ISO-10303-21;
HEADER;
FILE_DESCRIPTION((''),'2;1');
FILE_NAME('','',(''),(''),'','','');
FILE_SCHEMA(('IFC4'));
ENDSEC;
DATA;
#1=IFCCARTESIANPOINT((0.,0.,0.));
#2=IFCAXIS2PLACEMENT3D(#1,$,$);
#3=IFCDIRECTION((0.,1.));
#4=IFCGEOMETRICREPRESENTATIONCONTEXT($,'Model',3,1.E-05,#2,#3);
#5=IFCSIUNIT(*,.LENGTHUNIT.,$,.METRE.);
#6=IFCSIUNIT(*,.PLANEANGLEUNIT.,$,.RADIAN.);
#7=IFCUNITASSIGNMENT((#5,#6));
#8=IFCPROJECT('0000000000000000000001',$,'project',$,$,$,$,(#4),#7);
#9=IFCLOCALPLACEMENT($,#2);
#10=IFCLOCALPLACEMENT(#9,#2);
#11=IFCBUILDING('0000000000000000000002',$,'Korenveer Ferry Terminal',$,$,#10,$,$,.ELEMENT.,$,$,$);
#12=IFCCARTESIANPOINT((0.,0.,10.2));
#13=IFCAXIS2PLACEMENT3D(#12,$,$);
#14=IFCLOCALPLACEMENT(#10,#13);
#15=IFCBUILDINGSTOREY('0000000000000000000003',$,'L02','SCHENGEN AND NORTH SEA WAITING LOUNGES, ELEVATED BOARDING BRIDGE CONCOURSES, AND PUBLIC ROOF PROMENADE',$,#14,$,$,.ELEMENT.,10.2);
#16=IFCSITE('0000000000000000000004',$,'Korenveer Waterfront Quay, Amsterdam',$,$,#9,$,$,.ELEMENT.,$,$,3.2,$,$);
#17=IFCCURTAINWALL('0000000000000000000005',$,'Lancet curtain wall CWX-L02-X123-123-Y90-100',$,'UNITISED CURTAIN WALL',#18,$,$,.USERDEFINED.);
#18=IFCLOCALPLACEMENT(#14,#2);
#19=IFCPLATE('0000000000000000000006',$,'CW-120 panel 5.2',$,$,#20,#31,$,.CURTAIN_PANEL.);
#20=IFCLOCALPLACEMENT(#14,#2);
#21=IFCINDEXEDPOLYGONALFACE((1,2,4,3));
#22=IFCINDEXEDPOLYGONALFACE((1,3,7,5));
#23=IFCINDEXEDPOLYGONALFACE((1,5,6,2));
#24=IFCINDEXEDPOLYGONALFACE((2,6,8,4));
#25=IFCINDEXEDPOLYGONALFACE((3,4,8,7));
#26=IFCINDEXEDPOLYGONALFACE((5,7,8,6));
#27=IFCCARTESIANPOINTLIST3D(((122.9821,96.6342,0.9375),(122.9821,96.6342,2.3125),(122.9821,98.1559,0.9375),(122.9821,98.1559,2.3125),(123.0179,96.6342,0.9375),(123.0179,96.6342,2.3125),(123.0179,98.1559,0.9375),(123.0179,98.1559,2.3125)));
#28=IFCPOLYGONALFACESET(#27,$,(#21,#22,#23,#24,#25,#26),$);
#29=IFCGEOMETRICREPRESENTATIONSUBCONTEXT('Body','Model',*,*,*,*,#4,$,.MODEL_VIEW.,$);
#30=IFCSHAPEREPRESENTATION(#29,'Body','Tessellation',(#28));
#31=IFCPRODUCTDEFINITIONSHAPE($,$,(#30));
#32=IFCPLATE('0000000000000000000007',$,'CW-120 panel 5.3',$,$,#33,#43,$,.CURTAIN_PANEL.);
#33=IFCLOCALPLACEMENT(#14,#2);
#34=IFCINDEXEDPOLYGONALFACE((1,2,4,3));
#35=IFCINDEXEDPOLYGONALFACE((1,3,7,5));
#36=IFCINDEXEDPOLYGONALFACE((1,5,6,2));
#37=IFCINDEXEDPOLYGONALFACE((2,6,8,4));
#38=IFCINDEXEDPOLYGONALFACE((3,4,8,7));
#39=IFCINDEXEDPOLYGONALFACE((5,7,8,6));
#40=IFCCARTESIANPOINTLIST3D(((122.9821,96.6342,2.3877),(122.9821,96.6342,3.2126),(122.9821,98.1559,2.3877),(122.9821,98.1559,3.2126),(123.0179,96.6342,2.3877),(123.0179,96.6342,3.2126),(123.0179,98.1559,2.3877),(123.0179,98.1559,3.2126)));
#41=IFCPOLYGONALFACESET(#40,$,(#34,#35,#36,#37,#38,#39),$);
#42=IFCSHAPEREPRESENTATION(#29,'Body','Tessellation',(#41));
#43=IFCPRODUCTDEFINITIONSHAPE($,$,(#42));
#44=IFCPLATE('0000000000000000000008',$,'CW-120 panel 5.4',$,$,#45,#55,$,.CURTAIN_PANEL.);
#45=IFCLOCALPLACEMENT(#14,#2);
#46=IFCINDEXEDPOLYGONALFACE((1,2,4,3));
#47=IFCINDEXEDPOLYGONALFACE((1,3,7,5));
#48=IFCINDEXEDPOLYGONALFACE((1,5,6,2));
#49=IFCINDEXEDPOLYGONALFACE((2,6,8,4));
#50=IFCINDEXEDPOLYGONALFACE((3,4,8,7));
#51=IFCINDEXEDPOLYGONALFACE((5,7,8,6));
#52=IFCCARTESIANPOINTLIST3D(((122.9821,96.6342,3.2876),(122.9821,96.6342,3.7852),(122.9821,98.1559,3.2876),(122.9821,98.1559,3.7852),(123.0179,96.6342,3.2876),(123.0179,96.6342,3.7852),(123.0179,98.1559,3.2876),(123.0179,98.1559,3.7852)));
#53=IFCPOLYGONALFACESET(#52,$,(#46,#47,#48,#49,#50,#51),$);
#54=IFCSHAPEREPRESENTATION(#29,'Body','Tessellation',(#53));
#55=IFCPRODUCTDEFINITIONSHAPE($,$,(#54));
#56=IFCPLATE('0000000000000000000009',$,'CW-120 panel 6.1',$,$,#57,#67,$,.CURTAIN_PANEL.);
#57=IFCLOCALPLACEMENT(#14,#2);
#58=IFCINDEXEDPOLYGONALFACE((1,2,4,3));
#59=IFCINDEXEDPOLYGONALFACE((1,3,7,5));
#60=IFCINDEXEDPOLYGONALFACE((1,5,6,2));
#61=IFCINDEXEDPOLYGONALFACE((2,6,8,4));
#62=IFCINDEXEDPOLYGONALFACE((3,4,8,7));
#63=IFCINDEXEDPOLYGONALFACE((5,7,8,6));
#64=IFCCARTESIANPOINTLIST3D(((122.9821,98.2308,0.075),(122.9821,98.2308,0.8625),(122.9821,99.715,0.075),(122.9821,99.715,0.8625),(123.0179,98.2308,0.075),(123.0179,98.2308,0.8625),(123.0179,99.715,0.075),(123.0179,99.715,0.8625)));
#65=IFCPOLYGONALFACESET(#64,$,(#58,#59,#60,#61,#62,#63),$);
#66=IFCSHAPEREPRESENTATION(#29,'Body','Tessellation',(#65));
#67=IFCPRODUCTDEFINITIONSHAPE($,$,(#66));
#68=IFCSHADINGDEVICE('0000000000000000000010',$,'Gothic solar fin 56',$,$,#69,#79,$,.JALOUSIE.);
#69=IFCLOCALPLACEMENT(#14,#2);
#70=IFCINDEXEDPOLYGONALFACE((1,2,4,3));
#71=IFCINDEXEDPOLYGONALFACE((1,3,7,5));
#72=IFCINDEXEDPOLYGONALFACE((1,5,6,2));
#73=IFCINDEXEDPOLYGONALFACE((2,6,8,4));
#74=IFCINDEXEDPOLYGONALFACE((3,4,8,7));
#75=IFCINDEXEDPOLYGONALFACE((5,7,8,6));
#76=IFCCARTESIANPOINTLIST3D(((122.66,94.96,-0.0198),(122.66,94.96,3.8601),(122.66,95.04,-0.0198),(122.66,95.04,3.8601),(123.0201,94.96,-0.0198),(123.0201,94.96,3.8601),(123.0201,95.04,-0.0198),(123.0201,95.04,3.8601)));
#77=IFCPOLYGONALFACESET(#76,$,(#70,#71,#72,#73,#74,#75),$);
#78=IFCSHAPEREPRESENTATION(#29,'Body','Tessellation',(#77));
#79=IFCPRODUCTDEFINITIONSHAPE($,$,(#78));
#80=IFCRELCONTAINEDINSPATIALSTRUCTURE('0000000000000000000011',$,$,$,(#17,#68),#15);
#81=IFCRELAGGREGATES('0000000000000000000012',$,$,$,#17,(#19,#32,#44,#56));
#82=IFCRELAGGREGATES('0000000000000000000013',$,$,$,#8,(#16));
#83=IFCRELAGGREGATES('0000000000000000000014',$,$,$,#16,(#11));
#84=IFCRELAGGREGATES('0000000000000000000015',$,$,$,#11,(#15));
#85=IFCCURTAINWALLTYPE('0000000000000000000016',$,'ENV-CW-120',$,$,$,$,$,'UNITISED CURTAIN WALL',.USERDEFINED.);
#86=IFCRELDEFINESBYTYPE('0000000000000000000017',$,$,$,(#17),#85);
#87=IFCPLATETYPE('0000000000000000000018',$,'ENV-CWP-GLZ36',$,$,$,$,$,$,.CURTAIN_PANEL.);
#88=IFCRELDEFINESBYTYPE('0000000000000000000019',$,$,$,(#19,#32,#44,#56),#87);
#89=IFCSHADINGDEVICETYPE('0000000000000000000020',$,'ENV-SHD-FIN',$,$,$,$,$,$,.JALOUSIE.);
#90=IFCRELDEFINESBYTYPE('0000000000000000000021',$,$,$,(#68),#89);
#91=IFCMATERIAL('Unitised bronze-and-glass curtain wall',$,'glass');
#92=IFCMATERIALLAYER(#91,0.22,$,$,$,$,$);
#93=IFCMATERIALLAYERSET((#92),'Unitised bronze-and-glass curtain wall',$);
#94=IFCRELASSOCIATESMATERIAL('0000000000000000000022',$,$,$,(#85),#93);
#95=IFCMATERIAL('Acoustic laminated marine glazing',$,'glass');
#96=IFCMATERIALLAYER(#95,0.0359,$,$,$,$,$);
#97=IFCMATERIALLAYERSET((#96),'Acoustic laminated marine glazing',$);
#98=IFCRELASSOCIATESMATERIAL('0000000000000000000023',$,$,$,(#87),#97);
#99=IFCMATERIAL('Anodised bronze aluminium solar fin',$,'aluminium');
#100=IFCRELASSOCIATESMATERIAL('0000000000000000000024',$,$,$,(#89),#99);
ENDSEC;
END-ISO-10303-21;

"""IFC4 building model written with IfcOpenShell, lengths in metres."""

from ifc_helpers import new_model, si_unit, direction, frame, origin, origin_2d, place, context, subcontext, project, spatial, rectangle, extrude, material, layer, layer_set, type_object, element, aggregate, save


model = new_model("IFC4")

# Units and contexts
model_context = context("Model", 3, precision=1e-05, world=origin(), true_north=direction((0.0, 1.0)))
body_context = subcontext(model_context, "Body", "Model", "MODEL_VIEW")
ifc_project = project(units=[si_unit("LENGTHUNIT", "METRE"), si_unit("PLANEANGLEUNIT", "RADIAN")], contexts=[model_context])

# Site, building, storey
site_placement = place(None, origin())
site = spatial("IfcSite", under=ifc_project, at=site_placement, Name="Korenveer Waterfront Quay, Amsterdam", CompositionType="ELEMENT", RefElevation=3.2)
building_placement = place(site_placement, origin())
building = spatial("IfcBuilding", under=site, at=building_placement, Name="Korenveer Ferry Terminal", CompositionType="ELEMENT")
storey_placement = place(building_placement, frame((0.0, 0.0, 10.2)))
storey = spatial("IfcBuildingStorey", under=building, at=storey_placement, Name="L02", Description="SCHENGEN AND NORTH SEA WAITING LOUNGES, ELEVATED BOARDING BRIDGE CONCOURSES, AND PUBLIC ROOF PROMENADE", CompositionType="ELEMENT", Elevation=10.2)

# Curtain wall, plates
ifc_material_1 = material(Name="Unitised bronze-and-glass curtain wall", Category="glass")
ifc_layer_1 = layer(ifc_material_1, 0.22)
ifc_layer_set_1 = layer_set([ifc_layer_1], Name="Unitised bronze-and-glass curtain wall")
curtain_wall_type = type_object("IfcCurtainWallType", Name="ENV-CW-120", ElementType="UNITISED CURTAIN WALL", PredefinedType="USERDEFINED", material=ifc_layer_set_1)
curtain_wall_placement = place(storey_placement, frame((123.0, 90.21, 0.0)))
curtain_wall = element("IfcCurtainWall", 1, at=curtain_wall_placement, inside=storey, type_object=curtain_wall_type, Name="Lancet curtain wall CWX-L02-X123-123-Y90-100", ObjectType="UNITISED CURTAIN WALL", PredefinedType="USERDEFINED")
ifc_material_2 = material(Name="Acoustic laminated marine glazing", Category="glass")
ifc_layer_2 = layer(ifc_material_2, 0.0359)
ifc_layer_set_2 = layer_set([ifc_layer_2], Name="Acoustic laminated marine glazing")
plate_type = type_object("IfcPlateType", Name="ENV-CWP-GLZ36", PredefinedType="CURTAIN_PANEL", material=ifc_layer_set_2)
plate_1_placement = place(storey_placement, frame((123.0, 97.395, 0.9375), z_axis=(0.0, 0.0, 1.0), x_axis=(0.0, 1.0, 0.0)))
plate_1 = element("IfcPlate", 2, at=plate_1_placement, type_object=plate_type, Name="CW-120 panel 5.2", PredefinedType="CURTAIN_PANEL", context=body_context, shape_type="SweptSolid", body=[
    extrude(rectangle(XDim=1.5217, YDim=0.0359, at=origin_2d()), origin(), (0.0, 0.0, 1.0), 1.375),
])
plate_2_placement = place(storey_placement, frame((123.0, 97.395, 2.3877), z_axis=(0.0, 0.0, 1.0), x_axis=(0.0, 1.0, 0.0)))
plate_2 = element("IfcPlate", 3, at=plate_2_placement, type_object=plate_type, Name="CW-120 panel 5.3", PredefinedType="CURTAIN_PANEL", context=body_context, shape_type="SweptSolid", body=[
    extrude(rectangle(XDim=1.5217, YDim=0.0359, at=origin_2d()), origin(), (0.0, 0.0, 1.0), 0.825),
])
plate_3_placement = place(storey_placement, frame((123.0, 97.395, 3.2876), z_axis=(0.0, 0.0, 1.0), x_axis=(0.0, 1.0, 0.0)))
plate_3 = element("IfcPlate", 4, at=plate_3_placement, type_object=plate_type, Name="CW-120 panel 5.4", PredefinedType="CURTAIN_PANEL", context=body_context, shape_type="SweptSolid", body=[
    extrude(rectangle(XDim=1.5217, YDim=0.0359, at=origin_2d()), origin(), (0.0, 0.0, 1.0), 0.4976),
])
plate_4_placement = place(storey_placement, frame((123.0, 98.9729, 0.075), z_axis=(0.0, 0.0, 1.0), x_axis=(0.0, 1.0, 0.0)))
plate_4 = element("IfcPlate", 5, at=plate_4_placement, type_object=plate_type, Name="CW-120 panel 6.1", PredefinedType="CURTAIN_PANEL", context=body_context, shape_type="SweptSolid", body=[
    extrude(rectangle(XDim=1.4841, YDim=0.0359, at=origin_2d()), origin(), (0.0, 0.0, 1.0), 0.7876),
])
aggregate(curtain_wall, [plate_1, plate_2, plate_3, plate_4])

# Shading device
ifc_material_3 = material(Name="Anodised bronze aluminium solar fin", Category="aluminium")
shading_device_type = type_object("IfcShadingDeviceType", Name="ENV-SHD-FIN", PredefinedType="JALOUSIE", material=ifc_material_3)
shading_device_placement = place(storey_placement, frame((122.8401, 95.0, -0.0198), z_axis=(0.0, 0.0, 1.0), x_axis=(1.0, 0.0, 0.0)))
element("IfcShadingDevice", 6, at=shading_device_placement, inside=storey, type_object=shading_device_type, Name="Gothic solar fin 56", PredefinedType="JALOUSIE", context=body_context, shape_type="SweptSolid", body=[
    extrude(rectangle(XDim=0.3601, YDim=0.0801, at=origin_2d()), origin(), (0.0, 0.0, 1.0), 3.8799),
])

save(model, "model.ifc")
